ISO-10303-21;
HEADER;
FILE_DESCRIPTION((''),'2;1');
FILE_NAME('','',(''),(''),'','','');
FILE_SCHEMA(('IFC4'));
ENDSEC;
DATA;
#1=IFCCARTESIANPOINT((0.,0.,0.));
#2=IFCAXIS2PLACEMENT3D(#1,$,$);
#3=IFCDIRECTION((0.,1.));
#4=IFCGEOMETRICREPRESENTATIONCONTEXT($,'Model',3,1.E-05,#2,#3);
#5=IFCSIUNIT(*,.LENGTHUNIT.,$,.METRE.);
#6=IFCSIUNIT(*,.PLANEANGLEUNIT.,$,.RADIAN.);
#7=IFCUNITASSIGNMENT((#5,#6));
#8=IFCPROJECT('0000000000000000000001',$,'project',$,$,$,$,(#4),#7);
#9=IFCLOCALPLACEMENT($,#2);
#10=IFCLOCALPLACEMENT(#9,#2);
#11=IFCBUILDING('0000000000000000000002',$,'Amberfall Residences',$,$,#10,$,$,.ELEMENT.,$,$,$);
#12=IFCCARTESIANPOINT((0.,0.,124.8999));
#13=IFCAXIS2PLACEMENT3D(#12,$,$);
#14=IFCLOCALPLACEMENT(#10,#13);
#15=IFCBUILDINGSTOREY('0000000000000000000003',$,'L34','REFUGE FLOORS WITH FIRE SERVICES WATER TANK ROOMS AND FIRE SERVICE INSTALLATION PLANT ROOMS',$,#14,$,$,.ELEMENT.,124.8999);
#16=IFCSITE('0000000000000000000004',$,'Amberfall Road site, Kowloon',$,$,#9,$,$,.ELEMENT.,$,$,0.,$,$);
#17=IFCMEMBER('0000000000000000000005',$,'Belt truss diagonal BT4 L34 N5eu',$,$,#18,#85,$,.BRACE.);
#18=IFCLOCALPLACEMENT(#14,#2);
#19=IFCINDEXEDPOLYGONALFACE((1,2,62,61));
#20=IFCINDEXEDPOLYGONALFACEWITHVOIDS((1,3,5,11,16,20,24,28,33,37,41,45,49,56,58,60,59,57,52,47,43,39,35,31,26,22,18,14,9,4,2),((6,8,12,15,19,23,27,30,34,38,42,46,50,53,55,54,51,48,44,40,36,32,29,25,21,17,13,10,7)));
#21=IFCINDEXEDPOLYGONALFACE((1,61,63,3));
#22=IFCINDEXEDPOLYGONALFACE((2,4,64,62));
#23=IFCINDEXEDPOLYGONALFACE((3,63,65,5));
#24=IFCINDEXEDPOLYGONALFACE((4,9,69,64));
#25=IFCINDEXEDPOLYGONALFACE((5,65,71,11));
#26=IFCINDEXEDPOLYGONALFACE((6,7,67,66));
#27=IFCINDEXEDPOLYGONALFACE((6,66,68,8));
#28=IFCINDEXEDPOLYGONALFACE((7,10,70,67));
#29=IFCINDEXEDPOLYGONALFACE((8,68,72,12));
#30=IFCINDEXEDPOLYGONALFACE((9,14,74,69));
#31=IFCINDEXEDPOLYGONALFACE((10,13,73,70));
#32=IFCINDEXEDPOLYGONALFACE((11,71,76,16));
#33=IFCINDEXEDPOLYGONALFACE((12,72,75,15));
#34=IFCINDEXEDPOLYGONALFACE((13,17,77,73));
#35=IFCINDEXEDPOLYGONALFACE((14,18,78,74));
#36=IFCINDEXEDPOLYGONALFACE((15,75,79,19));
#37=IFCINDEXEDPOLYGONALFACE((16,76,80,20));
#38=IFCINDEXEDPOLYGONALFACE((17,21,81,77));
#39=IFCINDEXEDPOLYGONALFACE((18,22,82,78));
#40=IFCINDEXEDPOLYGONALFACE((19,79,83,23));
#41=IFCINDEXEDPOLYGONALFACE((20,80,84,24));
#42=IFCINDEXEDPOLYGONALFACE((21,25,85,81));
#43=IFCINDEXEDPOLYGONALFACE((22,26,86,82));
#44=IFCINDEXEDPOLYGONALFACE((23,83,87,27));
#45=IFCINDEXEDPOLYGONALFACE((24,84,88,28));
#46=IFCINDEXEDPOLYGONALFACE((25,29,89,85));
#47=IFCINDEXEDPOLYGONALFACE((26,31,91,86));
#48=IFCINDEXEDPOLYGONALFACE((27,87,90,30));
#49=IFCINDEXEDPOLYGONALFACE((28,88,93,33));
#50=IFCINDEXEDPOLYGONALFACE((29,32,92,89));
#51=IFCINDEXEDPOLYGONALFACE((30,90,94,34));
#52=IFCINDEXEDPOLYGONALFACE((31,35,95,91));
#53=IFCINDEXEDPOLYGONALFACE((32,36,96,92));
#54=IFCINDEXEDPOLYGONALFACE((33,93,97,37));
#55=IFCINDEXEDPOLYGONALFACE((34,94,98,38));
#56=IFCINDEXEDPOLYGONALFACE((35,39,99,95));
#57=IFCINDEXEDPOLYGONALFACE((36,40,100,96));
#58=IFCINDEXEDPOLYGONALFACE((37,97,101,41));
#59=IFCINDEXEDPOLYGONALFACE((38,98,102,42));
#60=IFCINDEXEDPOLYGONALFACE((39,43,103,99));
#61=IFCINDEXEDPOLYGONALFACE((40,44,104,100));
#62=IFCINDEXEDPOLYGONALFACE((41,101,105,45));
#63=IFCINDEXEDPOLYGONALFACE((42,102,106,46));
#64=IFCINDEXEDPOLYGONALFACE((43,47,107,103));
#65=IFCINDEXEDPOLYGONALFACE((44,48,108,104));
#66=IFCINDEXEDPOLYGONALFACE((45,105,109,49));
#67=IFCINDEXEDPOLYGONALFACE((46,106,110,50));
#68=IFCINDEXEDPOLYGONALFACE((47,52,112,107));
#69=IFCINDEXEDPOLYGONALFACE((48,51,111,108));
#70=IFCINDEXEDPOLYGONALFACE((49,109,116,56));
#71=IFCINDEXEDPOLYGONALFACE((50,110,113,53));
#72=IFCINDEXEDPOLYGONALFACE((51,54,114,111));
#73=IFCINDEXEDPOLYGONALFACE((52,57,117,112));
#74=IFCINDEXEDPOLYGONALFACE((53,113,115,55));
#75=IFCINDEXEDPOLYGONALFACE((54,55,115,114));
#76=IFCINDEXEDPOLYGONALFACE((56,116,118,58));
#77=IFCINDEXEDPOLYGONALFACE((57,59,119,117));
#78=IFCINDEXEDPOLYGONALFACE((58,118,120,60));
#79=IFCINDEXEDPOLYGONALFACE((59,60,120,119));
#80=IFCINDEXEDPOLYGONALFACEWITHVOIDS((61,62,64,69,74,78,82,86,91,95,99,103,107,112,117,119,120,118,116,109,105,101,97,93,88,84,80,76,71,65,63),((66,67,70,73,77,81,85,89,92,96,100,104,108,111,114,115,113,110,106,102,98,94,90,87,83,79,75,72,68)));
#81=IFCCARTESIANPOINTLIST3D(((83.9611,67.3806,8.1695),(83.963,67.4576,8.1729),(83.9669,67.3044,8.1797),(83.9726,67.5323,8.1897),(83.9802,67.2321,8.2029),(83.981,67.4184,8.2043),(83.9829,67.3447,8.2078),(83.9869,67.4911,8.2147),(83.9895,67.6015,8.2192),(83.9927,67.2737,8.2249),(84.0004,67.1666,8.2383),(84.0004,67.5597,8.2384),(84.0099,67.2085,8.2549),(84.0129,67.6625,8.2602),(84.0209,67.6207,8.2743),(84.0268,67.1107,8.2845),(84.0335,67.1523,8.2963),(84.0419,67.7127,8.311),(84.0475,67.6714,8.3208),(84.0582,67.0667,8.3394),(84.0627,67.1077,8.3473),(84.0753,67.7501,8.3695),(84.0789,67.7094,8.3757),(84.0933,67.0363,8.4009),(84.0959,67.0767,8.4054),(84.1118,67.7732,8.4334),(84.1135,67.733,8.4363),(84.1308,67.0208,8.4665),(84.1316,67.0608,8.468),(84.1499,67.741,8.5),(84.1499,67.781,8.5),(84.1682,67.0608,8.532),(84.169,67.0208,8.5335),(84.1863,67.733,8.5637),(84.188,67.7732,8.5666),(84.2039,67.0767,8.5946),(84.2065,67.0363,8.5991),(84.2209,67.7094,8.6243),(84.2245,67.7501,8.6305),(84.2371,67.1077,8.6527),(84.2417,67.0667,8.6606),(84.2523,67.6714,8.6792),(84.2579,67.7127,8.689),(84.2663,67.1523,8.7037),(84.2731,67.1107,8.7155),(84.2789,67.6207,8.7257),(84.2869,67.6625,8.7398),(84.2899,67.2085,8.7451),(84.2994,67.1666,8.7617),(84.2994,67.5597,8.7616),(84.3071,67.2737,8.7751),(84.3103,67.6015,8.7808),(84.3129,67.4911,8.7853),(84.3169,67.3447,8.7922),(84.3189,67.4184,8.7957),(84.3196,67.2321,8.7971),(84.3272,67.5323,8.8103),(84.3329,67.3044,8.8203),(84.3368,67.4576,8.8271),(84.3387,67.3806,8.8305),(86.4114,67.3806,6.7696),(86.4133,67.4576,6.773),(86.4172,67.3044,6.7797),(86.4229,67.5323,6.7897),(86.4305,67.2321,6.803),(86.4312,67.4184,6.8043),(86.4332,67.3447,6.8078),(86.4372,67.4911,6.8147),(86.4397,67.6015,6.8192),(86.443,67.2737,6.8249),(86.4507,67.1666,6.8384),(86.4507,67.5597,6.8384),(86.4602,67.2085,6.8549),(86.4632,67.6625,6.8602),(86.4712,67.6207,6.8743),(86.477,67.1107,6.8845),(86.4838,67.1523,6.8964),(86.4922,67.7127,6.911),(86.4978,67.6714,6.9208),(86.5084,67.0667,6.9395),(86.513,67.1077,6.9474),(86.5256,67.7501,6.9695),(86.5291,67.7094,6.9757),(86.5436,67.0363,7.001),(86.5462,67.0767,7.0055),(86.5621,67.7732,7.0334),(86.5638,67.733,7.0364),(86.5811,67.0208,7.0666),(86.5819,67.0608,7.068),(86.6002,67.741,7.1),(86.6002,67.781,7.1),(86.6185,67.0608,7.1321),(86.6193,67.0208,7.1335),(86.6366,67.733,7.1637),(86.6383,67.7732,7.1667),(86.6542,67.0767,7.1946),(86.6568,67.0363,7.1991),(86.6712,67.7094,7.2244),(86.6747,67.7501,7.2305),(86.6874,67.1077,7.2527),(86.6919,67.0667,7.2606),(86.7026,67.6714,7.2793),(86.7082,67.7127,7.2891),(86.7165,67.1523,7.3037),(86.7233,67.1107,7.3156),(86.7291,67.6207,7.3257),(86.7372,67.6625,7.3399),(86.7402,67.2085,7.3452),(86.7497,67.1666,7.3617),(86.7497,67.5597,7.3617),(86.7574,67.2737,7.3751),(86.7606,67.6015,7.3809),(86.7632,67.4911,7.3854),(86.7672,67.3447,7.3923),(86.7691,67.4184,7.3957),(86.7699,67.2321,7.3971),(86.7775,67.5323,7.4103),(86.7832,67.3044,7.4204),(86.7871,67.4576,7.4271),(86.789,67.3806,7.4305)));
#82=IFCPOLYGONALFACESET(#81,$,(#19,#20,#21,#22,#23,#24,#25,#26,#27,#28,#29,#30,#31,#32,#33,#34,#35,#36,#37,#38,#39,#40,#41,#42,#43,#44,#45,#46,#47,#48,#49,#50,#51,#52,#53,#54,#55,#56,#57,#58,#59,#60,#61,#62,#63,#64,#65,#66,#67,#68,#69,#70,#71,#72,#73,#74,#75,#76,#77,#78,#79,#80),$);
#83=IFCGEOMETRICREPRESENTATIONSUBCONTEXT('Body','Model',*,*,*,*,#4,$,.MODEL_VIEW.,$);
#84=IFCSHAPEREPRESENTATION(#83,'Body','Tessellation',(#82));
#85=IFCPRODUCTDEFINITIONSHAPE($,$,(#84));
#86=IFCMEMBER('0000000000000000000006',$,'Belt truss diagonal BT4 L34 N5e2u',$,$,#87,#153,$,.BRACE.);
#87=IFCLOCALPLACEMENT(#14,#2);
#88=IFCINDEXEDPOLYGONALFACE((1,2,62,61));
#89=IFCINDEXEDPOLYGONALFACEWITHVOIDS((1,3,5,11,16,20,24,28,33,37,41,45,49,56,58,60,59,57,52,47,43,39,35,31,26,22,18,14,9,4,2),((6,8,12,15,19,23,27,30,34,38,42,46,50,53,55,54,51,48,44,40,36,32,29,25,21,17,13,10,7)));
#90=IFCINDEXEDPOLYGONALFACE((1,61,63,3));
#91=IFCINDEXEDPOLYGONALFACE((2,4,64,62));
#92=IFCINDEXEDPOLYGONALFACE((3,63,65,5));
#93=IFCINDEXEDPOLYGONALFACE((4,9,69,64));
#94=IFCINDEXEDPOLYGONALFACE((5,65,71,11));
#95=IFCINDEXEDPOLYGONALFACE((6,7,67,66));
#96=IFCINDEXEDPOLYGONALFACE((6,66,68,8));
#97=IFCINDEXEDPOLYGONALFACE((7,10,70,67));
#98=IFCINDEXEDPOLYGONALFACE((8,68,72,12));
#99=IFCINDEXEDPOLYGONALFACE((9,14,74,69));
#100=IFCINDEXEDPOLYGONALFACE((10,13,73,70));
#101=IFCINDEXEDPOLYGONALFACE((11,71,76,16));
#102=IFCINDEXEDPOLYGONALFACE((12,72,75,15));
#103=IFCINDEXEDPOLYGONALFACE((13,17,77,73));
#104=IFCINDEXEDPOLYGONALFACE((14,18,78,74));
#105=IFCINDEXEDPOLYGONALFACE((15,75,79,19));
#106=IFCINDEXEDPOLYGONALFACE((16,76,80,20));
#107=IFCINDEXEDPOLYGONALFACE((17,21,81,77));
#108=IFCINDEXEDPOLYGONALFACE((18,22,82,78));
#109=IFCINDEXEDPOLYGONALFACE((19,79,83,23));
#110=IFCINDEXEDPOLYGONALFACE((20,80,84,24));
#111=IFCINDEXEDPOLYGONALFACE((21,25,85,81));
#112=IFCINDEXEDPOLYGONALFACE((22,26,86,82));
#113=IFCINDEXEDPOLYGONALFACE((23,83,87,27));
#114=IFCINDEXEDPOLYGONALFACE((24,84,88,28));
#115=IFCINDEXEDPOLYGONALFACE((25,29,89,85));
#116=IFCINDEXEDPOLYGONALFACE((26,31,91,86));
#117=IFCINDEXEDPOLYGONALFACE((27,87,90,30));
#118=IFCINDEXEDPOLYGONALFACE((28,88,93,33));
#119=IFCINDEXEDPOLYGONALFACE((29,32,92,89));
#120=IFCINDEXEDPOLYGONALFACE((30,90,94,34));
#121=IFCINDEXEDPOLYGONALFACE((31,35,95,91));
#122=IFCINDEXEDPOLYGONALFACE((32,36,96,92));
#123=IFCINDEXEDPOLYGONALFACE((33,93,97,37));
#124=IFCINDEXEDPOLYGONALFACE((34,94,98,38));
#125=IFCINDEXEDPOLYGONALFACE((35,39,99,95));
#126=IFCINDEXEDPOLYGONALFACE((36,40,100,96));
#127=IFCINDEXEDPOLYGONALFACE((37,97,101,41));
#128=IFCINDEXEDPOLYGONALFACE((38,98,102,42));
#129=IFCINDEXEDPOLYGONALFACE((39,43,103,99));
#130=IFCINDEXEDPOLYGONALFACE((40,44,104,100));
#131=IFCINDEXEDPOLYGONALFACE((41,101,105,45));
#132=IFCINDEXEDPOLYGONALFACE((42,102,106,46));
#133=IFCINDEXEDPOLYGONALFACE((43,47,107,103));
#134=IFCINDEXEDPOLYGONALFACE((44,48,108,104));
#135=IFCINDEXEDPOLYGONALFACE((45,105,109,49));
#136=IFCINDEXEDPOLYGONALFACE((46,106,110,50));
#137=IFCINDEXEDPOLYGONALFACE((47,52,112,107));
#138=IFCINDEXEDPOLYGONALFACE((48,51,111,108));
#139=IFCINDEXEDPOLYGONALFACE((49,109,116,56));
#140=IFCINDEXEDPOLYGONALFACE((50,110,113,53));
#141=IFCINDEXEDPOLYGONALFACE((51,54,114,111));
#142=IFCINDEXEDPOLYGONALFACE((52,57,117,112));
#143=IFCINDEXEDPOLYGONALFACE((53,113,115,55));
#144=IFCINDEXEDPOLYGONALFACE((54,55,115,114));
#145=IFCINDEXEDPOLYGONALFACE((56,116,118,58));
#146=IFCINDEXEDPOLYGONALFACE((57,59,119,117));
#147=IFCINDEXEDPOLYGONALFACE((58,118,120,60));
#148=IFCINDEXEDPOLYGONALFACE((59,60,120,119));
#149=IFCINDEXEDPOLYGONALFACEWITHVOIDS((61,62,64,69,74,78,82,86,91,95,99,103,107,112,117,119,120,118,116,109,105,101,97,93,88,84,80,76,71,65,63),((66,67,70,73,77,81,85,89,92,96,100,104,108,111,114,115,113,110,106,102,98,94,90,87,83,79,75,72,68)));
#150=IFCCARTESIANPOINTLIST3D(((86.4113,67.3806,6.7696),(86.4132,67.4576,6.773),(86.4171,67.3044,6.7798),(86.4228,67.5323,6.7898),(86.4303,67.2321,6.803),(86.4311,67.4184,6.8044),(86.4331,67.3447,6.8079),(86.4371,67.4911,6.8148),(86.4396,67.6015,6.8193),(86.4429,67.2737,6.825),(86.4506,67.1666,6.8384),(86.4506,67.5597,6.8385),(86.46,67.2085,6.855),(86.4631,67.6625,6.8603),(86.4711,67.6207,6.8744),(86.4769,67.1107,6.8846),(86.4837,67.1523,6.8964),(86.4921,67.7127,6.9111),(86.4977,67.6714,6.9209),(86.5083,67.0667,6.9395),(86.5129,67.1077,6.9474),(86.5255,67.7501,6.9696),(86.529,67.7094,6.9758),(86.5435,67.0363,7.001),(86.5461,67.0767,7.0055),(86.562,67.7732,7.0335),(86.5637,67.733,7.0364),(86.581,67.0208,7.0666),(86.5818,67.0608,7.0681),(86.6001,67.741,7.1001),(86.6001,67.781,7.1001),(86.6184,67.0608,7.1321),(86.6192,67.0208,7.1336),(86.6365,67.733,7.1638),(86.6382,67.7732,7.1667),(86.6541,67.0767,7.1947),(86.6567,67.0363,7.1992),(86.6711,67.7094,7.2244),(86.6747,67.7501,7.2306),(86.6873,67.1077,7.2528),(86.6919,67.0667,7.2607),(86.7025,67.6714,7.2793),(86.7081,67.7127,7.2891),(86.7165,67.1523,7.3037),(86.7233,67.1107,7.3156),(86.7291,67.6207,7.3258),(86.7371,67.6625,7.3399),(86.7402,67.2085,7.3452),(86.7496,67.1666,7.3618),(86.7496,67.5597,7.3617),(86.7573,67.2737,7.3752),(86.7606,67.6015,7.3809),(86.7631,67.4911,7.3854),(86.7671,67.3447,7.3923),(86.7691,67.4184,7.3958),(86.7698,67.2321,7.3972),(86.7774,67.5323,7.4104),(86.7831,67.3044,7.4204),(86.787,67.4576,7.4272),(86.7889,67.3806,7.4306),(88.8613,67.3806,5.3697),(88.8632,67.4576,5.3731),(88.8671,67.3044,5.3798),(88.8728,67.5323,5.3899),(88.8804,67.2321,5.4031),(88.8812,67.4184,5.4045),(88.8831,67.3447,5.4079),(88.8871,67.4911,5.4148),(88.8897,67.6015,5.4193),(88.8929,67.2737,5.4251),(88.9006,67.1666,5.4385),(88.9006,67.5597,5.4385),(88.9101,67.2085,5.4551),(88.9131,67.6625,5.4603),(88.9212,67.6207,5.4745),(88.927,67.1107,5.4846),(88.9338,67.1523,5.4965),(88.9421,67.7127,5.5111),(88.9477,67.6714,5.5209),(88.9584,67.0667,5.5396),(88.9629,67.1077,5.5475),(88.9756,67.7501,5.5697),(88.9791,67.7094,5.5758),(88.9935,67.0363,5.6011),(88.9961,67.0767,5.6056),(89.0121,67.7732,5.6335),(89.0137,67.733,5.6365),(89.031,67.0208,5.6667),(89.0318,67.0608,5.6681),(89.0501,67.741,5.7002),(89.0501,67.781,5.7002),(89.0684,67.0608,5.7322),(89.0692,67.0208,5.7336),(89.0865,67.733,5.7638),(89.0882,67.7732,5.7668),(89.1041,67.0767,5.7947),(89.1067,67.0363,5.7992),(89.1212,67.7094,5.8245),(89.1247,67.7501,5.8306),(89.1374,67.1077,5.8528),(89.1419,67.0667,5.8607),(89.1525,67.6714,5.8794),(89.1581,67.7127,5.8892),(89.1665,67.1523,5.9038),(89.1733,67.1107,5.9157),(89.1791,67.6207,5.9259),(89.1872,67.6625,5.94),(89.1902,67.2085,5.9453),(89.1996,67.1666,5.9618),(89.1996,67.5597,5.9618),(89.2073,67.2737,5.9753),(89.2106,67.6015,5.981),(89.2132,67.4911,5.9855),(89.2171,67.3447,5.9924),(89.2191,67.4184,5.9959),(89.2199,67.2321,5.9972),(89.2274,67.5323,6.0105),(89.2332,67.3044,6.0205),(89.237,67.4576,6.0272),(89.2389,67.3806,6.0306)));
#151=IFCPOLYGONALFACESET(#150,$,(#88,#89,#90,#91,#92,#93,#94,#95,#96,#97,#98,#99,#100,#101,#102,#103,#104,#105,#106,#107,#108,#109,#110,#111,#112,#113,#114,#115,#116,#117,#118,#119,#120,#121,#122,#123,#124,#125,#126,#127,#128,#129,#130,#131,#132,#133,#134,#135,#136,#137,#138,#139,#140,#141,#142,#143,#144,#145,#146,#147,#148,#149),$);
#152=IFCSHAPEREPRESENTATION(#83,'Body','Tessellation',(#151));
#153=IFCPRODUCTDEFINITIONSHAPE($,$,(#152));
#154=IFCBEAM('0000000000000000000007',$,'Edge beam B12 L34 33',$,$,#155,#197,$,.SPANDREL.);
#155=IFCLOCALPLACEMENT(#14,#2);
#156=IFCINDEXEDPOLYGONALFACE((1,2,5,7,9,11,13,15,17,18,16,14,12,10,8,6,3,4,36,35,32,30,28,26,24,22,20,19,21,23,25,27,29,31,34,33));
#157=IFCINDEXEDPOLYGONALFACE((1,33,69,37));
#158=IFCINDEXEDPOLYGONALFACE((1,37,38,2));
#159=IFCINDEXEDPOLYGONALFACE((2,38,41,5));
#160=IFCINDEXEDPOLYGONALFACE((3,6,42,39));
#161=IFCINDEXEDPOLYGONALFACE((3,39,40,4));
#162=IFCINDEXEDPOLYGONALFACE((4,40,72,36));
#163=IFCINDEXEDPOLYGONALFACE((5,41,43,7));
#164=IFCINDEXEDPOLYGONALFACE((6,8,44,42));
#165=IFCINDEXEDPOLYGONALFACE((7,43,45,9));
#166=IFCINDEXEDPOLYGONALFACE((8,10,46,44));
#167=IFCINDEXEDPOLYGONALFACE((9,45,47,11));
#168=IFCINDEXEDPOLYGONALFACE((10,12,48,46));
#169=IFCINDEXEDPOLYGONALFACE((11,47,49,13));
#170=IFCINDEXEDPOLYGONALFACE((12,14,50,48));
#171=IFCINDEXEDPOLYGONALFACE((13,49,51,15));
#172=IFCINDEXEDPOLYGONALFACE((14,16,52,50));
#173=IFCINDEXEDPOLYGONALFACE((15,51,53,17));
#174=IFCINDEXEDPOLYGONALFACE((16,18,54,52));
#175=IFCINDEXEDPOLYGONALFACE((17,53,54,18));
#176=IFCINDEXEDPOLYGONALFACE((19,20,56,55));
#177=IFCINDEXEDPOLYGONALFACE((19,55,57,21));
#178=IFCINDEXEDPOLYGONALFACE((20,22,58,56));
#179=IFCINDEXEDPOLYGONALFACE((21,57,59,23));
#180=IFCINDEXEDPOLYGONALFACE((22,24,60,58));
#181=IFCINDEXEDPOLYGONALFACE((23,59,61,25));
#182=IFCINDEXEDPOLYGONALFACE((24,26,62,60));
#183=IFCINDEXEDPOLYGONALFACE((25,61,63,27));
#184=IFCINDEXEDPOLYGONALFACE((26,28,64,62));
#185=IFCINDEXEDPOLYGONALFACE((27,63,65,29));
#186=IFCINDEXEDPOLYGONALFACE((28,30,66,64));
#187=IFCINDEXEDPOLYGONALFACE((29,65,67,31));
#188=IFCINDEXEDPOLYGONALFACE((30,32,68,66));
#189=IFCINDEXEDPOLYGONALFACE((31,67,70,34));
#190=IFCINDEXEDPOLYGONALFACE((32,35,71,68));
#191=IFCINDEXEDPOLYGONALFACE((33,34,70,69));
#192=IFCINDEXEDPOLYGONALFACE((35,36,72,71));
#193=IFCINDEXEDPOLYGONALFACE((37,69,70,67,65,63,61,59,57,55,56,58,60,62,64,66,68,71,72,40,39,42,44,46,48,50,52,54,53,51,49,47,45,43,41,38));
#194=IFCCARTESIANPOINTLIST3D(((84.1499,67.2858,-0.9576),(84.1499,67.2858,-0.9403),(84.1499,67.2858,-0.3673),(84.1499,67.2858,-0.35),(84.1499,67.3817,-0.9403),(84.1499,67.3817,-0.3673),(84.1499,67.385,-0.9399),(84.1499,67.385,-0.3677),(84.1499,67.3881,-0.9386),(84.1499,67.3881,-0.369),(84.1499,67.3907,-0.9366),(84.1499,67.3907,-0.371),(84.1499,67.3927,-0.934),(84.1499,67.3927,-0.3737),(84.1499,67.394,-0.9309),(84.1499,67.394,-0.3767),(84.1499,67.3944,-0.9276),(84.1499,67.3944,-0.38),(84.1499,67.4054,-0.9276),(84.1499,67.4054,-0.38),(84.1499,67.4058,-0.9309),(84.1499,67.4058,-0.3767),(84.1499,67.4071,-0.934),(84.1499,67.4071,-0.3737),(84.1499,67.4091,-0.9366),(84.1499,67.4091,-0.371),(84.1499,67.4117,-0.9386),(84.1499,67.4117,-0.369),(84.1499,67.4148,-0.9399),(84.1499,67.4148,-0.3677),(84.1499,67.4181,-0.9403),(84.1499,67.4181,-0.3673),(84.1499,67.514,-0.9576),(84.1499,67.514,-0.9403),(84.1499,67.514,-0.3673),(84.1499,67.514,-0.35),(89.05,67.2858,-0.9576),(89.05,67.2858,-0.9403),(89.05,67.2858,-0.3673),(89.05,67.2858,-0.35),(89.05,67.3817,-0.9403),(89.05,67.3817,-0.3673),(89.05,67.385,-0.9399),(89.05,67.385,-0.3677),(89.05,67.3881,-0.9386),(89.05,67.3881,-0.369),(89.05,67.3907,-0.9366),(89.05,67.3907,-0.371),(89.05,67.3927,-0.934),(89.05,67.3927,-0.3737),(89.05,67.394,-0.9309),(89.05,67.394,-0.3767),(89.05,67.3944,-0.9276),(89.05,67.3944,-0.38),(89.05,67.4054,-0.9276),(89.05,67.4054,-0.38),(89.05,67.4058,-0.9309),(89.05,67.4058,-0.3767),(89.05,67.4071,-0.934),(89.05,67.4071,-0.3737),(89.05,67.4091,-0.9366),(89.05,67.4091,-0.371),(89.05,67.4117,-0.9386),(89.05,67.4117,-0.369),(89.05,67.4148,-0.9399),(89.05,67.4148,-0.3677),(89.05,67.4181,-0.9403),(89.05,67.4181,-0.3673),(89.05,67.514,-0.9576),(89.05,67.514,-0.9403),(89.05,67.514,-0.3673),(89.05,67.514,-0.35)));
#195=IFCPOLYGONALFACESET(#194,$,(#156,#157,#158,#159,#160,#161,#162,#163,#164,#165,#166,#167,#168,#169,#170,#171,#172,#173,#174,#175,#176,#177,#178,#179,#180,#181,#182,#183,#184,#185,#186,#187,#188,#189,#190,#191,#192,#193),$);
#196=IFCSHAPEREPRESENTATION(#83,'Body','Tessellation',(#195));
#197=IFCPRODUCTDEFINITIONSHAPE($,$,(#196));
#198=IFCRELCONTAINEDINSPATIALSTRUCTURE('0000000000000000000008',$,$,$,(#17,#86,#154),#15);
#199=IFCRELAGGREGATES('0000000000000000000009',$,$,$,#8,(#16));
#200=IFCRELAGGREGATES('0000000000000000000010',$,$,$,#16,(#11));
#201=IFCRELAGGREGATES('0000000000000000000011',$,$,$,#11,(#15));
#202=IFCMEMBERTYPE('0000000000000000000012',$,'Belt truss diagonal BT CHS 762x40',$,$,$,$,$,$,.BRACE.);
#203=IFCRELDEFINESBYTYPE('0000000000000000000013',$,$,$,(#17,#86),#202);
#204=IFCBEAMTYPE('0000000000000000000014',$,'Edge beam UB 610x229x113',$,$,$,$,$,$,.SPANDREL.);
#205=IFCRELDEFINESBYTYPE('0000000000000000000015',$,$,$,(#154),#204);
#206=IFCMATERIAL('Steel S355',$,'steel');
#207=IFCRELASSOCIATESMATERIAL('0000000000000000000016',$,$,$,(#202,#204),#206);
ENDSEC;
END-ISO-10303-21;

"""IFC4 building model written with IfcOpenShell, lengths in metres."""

from ifc_helpers import new_model, si_unit, direction, frame, origin, origin_2d, place, context, subcontext, project, spatial, hollow_circle, i_section, extrude, material, material_profile, profile_set, type_object, element, save


model = new_model("IFC4")

# Units and contexts
model_context = context("Model", 3, precision=1e-05, world=origin(), true_north=direction((0.0, 1.0)))
body_context = subcontext(model_context, "Body", "Model", "MODEL_VIEW")
ifc_project = project(units=[si_unit("LENGTHUNIT", "METRE"), si_unit("PLANEANGLEUNIT", "RADIAN")], contexts=[model_context])

# Site, building, storey
site_placement = place(None, origin())
site = spatial("IfcSite", under=ifc_project, at=site_placement, Name="Amberfall Road site, Kowloon", CompositionType="ELEMENT", RefElevation=0.0)
building_placement = place(site_placement, origin())
building = spatial("IfcBuilding", under=site, at=building_placement, Name="Amberfall Residences", CompositionType="ELEMENT")
storey_placement = place(building_placement, frame((0.0, 0.0, 124.8999)))
storey = spatial("IfcBuildingStorey", under=building, at=storey_placement, Name="L34", Description="REFUGE FLOORS WITH FIRE SERVICES WATER TANK ROOMS AND FIRE SERVICE INSTALLATION PLANT ROOMS", CompositionType="ELEMENT", Elevation=124.8999)

# Shared definitions
ifc_material_1 = material(Name="Steel S355", Category="steel")

# Members
ifc_material_profile_1 = material_profile(ifc_material_1, hollow_circle(Radius=0.3811, WallThickness=0.04, at=origin_2d()), Name="CHS 762x40")
ifc_profile_set_1 = profile_set([ifc_material_profile_1], Name="Steel S355")
member_type = type_object("IfcMemberType", Name="Belt truss diagonal BT CHS 762x40", PredefinedType="BRACE", material=ifc_profile_set_1)
member_1_placement = place(storey_placement, frame((84.1499, 67.3999, 8.5), z_axis=(0.868275, 0.0, -0.496083), x_axis=(0.0, 1.0, 0.0)))
element("IfcMember", 1, at=member_1_placement, inside=storey, type_object=member_type, Name="Belt truss diagonal BT4 L34 N5eu", PredefinedType="BRACE", context=body_context, shape_type="SweptSolid", body=[
    extrude(hollow_circle(Radius=0.3811, WallThickness=0.04, at=origin_2d()), origin(), (0.0, 0.0, 1.0), 2.822),
])
member_2_placement = place(storey_placement, frame((86.6001, 67.3999, 7.1001), z_axis=(0.868254, 0.0, -0.49612), x_axis=(0.0, 1.0, 0.0)))
element("IfcMember", 2, at=member_2_placement, inside=storey, type_object=member_type, Name="Belt truss diagonal BT4 L34 N5e2u", PredefinedType="BRACE", context=body_context, shape_type="SweptSolid", body=[
    extrude(hollow_circle(Radius=0.3811, WallThickness=0.04, at=origin_2d()), origin(), (0.0, 0.0, 1.0), 2.8218),
])

# Beam
ifc_material_profile_2 = material_profile(ifc_material_1, i_section(OverallWidth=0.2283, OverallDepth=0.6077, WebThickness=0.011, FlangeThickness=0.0173, FilletRadius=0.0127, at=origin_2d()), Name="UB 610x229x113")
ifc_profile_set_2 = profile_set([ifc_material_profile_2], Name="Steel S355")
beam_type_1 = type_object("IfcBeamType", Name="Edge beam UB 610x229x113", PredefinedType="SPANDREL", material=ifc_profile_set_2)
beam_1_placement = place(storey_placement, frame((84.1499, 67.3999, -0.6538), z_axis=(1.0, 0.0, 0.0), x_axis=(0.0, 1.0, 0.0)))
element("IfcBeam", 3, at=beam_1_placement, inside=storey, type_object=beam_type_1, Name="Edge beam B12 L34 33", PredefinedType="SPANDREL", context=body_context, shape_type="SweptSolid", body=[
    extrude(i_section(OverallWidth=0.2283, OverallDepth=0.6077, WebThickness=0.011, FlangeThickness=0.0173, FilletRadius=0.0127, at=origin_2d()), origin(), (0.0, 0.0, 1.0), 4.9001),
])

save(model, "model.ifc")
